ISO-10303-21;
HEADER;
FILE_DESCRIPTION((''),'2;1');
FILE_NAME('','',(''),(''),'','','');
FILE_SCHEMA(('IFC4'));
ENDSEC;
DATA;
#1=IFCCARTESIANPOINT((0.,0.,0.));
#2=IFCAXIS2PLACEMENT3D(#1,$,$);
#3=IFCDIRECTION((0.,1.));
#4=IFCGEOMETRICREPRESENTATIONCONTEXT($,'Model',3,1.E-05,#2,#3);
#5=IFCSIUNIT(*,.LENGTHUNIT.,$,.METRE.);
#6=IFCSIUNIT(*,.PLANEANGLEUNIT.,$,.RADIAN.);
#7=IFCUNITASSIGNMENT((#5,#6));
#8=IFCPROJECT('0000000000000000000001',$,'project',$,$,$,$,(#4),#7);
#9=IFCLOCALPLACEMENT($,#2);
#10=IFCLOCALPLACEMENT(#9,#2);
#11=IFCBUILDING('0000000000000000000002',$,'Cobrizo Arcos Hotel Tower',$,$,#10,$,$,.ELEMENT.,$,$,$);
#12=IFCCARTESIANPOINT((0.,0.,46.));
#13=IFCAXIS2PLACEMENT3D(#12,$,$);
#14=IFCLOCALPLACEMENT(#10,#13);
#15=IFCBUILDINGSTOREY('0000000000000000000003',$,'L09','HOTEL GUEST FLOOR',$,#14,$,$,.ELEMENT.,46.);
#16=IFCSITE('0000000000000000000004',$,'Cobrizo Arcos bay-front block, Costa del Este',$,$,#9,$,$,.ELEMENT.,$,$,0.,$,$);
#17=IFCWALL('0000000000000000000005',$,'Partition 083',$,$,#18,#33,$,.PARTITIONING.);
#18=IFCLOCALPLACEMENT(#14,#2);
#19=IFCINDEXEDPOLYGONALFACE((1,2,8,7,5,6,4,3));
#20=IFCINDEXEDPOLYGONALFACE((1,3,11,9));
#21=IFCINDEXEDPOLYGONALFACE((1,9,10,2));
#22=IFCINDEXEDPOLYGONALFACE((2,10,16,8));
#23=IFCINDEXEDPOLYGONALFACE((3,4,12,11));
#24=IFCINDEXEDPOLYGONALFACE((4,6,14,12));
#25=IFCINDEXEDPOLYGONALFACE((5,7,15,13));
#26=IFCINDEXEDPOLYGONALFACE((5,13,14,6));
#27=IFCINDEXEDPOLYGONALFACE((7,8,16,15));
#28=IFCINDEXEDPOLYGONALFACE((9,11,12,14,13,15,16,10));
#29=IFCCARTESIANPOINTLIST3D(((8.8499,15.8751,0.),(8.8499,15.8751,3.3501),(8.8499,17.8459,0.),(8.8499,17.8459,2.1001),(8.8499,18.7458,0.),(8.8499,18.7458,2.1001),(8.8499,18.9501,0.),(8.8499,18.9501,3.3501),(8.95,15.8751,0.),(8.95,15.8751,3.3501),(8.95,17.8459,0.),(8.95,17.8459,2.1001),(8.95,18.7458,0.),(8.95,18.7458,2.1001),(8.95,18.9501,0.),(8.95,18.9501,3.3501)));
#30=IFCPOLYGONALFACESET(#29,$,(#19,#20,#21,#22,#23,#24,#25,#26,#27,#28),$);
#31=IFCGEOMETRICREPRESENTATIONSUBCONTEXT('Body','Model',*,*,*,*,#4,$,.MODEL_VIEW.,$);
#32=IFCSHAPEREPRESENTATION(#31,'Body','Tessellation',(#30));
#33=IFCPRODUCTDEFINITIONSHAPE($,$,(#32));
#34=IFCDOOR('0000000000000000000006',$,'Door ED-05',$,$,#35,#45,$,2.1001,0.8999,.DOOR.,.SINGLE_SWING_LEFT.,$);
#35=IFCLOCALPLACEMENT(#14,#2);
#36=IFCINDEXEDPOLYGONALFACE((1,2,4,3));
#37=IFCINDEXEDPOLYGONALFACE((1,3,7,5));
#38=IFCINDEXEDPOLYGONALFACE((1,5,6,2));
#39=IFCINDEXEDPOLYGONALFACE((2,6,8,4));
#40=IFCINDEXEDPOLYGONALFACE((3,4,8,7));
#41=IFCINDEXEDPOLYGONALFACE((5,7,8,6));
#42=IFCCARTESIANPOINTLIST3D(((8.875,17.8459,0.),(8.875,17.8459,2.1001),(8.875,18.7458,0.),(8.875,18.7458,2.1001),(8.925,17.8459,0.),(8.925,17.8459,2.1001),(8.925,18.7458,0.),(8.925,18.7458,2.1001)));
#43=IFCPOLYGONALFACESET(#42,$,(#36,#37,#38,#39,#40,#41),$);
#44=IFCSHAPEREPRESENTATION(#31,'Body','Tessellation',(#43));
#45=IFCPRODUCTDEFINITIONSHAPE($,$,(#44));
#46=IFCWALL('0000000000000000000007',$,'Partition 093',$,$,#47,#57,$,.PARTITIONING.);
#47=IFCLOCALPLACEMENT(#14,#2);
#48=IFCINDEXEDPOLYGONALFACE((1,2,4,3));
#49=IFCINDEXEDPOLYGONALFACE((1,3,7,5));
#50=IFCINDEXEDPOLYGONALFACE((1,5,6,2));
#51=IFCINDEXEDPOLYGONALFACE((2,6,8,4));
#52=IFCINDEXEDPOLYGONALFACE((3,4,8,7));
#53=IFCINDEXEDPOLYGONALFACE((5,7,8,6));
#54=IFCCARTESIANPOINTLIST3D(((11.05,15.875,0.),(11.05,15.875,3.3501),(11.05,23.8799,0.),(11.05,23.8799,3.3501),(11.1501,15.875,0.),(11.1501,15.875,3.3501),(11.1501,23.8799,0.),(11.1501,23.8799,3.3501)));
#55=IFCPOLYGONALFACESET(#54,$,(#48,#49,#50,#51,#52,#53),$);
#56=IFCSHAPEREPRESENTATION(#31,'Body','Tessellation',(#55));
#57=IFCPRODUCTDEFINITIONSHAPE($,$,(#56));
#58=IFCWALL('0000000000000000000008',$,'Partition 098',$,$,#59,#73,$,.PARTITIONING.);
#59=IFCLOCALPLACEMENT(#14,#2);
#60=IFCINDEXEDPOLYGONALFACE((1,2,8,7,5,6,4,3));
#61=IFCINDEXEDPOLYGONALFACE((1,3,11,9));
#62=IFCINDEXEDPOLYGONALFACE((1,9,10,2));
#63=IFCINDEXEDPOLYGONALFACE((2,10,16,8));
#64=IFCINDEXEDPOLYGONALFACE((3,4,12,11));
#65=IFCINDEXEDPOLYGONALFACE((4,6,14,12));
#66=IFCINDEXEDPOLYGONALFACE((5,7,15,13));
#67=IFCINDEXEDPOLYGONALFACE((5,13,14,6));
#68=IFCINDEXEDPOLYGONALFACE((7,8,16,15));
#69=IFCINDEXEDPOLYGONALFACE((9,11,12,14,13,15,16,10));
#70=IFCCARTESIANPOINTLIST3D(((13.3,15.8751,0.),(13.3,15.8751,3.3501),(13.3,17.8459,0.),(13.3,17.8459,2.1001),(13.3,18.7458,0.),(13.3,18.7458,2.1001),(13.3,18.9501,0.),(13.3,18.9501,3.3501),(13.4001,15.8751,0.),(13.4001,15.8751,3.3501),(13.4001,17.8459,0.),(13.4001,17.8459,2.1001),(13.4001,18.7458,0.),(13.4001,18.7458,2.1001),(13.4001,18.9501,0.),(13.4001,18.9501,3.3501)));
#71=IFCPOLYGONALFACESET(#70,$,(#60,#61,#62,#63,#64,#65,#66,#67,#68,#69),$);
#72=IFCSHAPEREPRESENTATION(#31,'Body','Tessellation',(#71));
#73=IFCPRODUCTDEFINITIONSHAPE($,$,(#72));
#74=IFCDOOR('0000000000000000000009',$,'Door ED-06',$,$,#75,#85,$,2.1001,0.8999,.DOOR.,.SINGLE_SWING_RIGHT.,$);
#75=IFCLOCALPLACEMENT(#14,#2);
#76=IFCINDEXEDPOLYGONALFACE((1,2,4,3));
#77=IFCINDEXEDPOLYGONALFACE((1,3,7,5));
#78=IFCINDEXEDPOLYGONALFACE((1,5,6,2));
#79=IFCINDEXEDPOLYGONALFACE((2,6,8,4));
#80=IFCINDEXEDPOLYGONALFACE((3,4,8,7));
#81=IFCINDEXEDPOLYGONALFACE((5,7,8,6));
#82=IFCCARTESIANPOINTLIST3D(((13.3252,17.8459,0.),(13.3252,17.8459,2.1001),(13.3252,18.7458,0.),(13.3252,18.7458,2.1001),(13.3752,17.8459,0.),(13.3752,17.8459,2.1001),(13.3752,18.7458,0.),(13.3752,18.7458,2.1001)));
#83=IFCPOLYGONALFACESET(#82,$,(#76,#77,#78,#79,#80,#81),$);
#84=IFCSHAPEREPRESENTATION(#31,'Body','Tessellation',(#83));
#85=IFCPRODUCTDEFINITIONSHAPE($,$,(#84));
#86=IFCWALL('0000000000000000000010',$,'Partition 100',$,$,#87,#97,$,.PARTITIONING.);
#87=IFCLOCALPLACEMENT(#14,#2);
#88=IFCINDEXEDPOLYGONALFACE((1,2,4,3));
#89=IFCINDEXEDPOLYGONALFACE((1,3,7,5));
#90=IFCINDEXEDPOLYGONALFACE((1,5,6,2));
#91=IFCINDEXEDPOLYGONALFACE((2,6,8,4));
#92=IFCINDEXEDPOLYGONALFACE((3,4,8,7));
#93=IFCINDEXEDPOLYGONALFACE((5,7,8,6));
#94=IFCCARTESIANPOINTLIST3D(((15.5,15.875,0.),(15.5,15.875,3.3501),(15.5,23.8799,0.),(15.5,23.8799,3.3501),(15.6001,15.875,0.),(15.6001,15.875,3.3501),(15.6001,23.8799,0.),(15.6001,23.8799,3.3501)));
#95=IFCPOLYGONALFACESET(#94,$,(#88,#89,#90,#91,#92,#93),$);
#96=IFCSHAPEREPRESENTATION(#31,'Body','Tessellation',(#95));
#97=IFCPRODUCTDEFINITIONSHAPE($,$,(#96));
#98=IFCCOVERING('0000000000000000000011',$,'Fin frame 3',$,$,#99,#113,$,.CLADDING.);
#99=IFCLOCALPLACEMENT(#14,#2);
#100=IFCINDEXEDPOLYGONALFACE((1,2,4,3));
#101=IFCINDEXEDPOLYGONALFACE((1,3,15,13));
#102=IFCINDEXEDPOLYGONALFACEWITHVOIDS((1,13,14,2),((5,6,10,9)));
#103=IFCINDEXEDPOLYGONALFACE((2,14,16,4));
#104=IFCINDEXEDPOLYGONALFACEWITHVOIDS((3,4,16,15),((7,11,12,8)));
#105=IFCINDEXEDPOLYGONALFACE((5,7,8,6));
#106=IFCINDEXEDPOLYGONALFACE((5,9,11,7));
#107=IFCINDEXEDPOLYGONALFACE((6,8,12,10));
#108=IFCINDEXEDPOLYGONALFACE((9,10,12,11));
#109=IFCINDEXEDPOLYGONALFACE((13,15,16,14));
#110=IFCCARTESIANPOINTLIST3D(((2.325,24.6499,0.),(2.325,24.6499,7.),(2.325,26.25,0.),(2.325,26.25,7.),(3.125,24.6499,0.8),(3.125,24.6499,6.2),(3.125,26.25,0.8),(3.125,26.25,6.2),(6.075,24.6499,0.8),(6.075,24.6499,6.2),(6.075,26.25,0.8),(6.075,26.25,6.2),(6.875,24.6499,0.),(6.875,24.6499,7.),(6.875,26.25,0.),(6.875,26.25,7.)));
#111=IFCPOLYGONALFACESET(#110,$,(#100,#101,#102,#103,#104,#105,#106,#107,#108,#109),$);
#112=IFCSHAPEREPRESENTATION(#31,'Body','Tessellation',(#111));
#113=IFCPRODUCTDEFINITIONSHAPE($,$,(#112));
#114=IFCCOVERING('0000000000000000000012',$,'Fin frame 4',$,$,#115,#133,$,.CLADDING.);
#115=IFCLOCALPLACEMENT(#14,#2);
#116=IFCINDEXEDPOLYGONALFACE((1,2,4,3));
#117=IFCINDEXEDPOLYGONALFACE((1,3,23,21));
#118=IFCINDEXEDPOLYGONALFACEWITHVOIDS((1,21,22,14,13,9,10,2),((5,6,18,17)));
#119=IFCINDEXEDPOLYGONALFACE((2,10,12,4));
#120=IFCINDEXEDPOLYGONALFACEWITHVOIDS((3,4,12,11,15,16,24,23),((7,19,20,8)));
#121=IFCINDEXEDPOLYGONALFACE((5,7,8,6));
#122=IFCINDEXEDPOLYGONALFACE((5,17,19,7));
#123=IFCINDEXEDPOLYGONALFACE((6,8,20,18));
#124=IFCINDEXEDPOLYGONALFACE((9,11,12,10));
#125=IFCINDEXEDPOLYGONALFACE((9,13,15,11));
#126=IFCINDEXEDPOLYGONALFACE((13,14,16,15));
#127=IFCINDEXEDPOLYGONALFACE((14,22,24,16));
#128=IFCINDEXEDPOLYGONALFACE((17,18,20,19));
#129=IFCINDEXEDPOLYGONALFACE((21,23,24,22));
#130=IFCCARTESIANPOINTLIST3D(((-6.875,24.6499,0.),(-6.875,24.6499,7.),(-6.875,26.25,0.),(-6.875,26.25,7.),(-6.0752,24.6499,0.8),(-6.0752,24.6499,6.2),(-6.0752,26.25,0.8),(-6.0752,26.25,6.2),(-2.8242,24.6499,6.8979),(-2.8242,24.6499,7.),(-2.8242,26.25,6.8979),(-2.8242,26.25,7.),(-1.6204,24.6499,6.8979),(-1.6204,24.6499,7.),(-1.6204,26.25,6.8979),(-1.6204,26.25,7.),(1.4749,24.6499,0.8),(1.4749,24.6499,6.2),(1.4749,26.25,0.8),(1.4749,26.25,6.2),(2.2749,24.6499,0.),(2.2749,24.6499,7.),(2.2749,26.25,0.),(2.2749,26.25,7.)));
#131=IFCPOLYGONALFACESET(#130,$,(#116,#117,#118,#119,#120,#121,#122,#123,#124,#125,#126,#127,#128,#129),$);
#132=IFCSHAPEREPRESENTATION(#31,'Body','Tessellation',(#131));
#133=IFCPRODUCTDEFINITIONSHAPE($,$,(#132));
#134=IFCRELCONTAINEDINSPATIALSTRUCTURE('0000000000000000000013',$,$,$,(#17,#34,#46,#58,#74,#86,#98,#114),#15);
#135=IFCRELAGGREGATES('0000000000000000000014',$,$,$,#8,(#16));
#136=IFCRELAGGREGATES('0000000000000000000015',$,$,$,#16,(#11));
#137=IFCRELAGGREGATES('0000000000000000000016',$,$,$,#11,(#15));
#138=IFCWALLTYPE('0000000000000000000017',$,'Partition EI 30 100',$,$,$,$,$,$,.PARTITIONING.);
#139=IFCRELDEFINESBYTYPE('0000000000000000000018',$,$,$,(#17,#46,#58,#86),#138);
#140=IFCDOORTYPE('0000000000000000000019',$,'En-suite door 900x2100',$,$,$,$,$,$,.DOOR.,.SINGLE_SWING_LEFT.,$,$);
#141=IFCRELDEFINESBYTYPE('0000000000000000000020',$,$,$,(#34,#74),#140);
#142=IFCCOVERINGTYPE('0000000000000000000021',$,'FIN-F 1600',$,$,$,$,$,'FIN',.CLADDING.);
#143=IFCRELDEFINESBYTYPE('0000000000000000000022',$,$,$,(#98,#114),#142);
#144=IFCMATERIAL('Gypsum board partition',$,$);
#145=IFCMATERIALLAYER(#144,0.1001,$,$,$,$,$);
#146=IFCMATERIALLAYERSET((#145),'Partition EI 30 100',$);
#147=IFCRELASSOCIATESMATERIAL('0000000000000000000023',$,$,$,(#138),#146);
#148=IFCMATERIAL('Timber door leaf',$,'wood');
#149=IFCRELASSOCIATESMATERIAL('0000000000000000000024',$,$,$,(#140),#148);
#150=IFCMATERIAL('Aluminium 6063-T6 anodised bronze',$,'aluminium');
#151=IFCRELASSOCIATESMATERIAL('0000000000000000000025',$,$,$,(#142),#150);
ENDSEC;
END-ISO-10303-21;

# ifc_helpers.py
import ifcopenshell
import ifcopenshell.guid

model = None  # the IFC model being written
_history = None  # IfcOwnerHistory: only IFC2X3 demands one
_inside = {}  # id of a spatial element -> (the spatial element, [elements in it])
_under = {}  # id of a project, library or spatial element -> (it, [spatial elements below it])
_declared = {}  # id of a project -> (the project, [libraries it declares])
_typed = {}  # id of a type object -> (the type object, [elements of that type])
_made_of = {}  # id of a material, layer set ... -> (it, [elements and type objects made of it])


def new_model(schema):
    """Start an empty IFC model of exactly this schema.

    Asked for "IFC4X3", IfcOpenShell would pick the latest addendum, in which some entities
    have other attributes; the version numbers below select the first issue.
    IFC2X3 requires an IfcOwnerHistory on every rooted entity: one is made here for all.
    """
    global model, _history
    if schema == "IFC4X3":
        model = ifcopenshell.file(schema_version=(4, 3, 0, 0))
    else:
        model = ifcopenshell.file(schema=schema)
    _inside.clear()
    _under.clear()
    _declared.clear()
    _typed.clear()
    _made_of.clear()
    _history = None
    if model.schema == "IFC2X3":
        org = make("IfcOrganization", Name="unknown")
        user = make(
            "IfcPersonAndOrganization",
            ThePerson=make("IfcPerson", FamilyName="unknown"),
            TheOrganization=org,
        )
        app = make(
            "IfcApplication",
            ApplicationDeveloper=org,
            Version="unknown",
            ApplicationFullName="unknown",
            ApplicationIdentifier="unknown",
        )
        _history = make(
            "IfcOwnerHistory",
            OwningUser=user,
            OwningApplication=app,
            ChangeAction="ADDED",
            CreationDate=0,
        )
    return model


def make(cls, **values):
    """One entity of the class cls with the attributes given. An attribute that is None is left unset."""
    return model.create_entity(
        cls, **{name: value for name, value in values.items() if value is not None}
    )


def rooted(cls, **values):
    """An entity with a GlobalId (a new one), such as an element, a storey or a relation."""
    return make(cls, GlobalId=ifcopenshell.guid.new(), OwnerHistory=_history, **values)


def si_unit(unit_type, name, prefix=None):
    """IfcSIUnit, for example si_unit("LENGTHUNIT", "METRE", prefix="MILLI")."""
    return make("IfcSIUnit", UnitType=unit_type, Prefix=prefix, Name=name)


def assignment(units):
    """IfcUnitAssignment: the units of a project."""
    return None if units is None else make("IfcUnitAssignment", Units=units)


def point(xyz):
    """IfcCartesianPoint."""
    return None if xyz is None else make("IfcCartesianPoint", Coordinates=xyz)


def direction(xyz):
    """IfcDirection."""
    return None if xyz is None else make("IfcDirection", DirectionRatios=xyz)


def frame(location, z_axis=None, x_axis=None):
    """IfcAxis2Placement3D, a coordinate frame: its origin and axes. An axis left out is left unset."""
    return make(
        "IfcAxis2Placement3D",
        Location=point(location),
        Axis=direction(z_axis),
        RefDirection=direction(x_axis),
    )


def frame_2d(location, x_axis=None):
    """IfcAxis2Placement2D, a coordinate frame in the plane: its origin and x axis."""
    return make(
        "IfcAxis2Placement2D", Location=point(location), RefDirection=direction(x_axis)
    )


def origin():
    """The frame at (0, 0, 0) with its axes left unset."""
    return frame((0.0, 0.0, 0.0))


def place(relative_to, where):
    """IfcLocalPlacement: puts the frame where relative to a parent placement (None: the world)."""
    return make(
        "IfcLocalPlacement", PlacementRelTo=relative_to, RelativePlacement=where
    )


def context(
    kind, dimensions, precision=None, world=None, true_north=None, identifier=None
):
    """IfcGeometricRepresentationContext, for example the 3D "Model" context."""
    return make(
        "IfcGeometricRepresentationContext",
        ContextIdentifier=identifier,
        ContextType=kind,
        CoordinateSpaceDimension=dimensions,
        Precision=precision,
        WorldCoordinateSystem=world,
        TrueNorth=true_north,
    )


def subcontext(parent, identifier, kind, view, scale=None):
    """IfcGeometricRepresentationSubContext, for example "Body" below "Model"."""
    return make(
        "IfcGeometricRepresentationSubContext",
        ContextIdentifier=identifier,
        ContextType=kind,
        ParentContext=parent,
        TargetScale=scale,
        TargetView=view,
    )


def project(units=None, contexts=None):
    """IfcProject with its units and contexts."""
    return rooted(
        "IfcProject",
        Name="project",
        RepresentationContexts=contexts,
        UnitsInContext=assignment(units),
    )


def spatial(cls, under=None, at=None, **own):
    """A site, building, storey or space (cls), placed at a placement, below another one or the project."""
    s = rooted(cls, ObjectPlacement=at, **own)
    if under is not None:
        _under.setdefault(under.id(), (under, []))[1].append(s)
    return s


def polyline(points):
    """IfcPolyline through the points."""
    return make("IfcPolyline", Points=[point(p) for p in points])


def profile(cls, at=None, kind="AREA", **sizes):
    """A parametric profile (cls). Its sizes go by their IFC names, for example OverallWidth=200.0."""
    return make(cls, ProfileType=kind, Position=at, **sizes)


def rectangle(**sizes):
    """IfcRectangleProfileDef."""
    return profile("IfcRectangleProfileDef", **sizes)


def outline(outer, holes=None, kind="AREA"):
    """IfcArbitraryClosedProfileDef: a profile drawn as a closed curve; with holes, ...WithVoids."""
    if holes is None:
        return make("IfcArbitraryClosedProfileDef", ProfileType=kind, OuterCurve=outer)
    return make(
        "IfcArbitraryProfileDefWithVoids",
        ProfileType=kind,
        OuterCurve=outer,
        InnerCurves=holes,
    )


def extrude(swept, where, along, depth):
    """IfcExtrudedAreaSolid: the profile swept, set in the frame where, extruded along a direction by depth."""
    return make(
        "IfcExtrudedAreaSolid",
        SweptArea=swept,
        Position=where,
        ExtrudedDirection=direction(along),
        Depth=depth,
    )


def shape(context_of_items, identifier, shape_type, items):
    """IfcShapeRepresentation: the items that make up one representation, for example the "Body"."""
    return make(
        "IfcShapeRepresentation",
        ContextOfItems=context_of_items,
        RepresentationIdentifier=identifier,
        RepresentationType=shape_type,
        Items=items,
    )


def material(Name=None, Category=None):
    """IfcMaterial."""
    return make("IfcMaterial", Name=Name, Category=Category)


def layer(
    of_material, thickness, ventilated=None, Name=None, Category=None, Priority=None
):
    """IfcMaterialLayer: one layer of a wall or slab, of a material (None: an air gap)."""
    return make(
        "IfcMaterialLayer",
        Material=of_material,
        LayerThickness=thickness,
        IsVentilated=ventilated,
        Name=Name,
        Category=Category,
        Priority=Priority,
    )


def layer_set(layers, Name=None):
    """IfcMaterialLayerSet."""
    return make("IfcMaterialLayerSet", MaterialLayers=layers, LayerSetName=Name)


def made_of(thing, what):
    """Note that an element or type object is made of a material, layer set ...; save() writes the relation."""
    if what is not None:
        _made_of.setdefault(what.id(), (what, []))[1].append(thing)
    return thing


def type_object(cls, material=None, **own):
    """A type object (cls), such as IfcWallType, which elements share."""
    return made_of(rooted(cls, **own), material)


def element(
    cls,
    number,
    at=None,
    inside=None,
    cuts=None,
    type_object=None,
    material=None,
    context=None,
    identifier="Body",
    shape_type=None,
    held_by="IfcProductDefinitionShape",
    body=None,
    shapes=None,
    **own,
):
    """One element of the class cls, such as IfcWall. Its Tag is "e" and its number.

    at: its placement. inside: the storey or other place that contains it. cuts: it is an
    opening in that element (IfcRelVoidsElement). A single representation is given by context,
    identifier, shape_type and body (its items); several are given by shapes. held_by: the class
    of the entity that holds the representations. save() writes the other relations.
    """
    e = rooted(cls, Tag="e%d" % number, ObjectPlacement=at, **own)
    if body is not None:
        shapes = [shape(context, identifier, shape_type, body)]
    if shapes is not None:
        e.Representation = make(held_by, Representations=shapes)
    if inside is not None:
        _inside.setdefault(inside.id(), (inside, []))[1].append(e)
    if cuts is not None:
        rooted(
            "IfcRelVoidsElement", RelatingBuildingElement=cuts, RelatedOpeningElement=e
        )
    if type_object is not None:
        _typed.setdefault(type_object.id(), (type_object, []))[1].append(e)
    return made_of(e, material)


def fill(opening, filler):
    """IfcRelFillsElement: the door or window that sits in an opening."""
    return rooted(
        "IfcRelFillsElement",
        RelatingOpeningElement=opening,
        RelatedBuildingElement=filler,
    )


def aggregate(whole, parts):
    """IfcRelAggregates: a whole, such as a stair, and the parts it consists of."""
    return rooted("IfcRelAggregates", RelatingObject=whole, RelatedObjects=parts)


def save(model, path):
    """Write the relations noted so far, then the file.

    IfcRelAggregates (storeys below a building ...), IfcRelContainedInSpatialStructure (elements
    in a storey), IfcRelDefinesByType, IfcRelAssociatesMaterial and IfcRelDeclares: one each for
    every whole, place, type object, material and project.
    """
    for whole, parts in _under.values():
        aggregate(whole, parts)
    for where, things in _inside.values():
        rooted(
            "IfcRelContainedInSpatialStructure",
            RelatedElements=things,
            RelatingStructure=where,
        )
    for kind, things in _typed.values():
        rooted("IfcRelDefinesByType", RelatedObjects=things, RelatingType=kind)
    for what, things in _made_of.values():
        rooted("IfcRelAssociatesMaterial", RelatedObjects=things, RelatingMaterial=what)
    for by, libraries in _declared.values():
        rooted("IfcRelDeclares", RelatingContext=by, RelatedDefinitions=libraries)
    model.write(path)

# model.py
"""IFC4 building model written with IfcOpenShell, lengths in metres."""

from ifc_helpers import new_model, si_unit, direction, frame, frame_2d, origin, place, context, subcontext, project, spatial, polyline, rectangle, outline, extrude, material, layer, layer_set, type_object, element, fill, save


model = new_model("IFC4")

# Units and contexts
model_context = context("Model", 3, precision=1e-05, world=origin(), true_north=direction((0.0, 1.0)))
body_context = subcontext(model_context, "Body", "Model", "MODEL_VIEW")
ifc_project = project(units=[si_unit("LENGTHUNIT", "METRE"), si_unit("PLANEANGLEUNIT", "RADIAN")], contexts=[model_context])

# Site, building, storey
site_placement = place(None, origin())
site = spatial("IfcSite", under=ifc_project, at=site_placement, Name="Cobrizo Arcos bay-front block, Costa del Este", CompositionType="ELEMENT", RefElevation=0.0)
building_placement = place(site_placement, origin())
building = spatial("IfcBuilding", under=site, at=building_placement, Name="Cobrizo Arcos Hotel Tower", CompositionType="ELEMENT")
storey_placement = place(building_placement, frame((0.0, 0.0, 46.0)))
storey = spatial("IfcBuildingStorey", under=building, at=storey_placement, Name="L09", Description="HOTEL GUEST FLOOR", CompositionType="ELEMENT", Elevation=46.0)

# Shared definitions
ifc_material_1 = material(Name="Aluminium 6063-T6 anodised bronze", Category="aluminium")

# Shared definitions
ifc_material_2 = material(Name="Gypsum board partition")
ifc_layer_1 = layer(ifc_material_2, 0.1001)
ifc_layer_set_1 = layer_set([ifc_layer_1], Name="Partition EI 30 100")
wall_type = type_object("IfcWallType", Name="Partition EI 30 100", PredefinedType="PARTITIONING", material=ifc_layer_set_1)

# Shared definitions
ifc_material_3 = material(Name="Timber door leaf", Category="wood")
door_type = type_object("IfcDoorType", Name="En-suite door 900x2100", OperationType="SINGLE_SWING_LEFT", PredefinedType="DOOR", material=ifc_material_3)

# Wall, opening, door
wall_1_placement = place(storey_placement, frame((8.8999, 15.875, 0.0), z_axis=(0.0, 0.0, 1.0), x_axis=(0.0, 1.0, 0.0)))
wall_1 = element("IfcWall", 1, at=wall_1_placement, inside=storey, type_object=wall_type, Name="Partition 083", PredefinedType="PARTITIONING", context=body_context, shape_type="SweptSolid", body=[
    extrude(rectangle(XDim=3.075, YDim=0.1001, at=frame_2d((1.5376, 0.0))), origin(), (0.0, 0.0, 1.0), 3.3501),
])
opening_1_placement = place(wall_1_placement, frame((1.9709, 0.0, 0.0)))
opening_1 = element("IfcOpeningElement", 2, at=opening_1_placement, cuts=wall_1, PredefinedType="OPENING", context=body_context, shape_type="SweptSolid", body=[
    extrude(rectangle(XDim=0.8999, YDim=2.1001, at=frame_2d((0.45, 1.05))), frame((0.0, 0.062, 0.0), z_axis=(0.0, -1.0, 0.0), x_axis=(1.0, 0.0, 0.0)), (0.0, 0.0, 1.0), 0.124),
])
door_1_placement = place(opening_1_placement, origin())
door_1 = element("IfcDoor", 3, at=door_1_placement, inside=storey, type_object=door_type, Name="Door ED-05", OperationType="SINGLE_SWING_LEFT", OverallHeight=2.1001, OverallWidth=0.8999, PredefinedType="DOOR", context=body_context, shape_type="SweptSolid", body=[
    extrude(rectangle(XDim=0.8999, YDim=2.1001, at=frame_2d((0.45, 1.05))), frame((0.0, 0.0249, 0.0), z_axis=(0.0, -1.0, 0.0), x_axis=(1.0, 0.0, 0.0)), (0.0, 0.0, 1.0), 0.05),
])
fill(opening_1, door_1)

# Wall
wall_2_placement = place(storey_placement, frame((11.1001, 15.875, 0.0), z_axis=(0.0, 0.0, 1.0), x_axis=(0.0, 1.0, 0.0)))
element("IfcWall", 4, at=wall_2_placement, inside=storey, type_object=wall_type, Name="Partition 093", PredefinedType="PARTITIONING", context=body_context, shape_type="SweptSolid", body=[
    extrude(rectangle(XDim=8.0049, YDim=0.1001, at=frame_2d((4.0024, 0.0))), origin(), (0.0, 0.0, 1.0), 3.3501),
])

# Wall, opening, door
wall_3_placement = place(storey_placement, frame((13.3501, 15.875, 0.0), z_axis=(0.0, 0.0, 1.0), x_axis=(0.0, 1.0, 0.0)))
wall_3 = element("IfcWall", 5, at=wall_3_placement, inside=storey, type_object=wall_type, Name="Partition 098", PredefinedType="PARTITIONING", context=body_context, shape_type="SweptSolid", body=[
    extrude(rectangle(XDim=3.075, YDim=0.1001, at=frame_2d((1.5376, 0.0))), origin(), (0.0, 0.0, 1.0), 3.3501),
])
opening_2_placement = place(wall_3_placement, frame((1.9709, 0.0, 0.0)))
opening_2 = element("IfcOpeningElement", 6, at=opening_2_placement, cuts=wall_3, PredefinedType="OPENING", context=body_context, shape_type="SweptSolid", body=[
    extrude(rectangle(XDim=0.8999, YDim=2.1001, at=frame_2d((0.45, 1.05))), frame((0.0, 0.062, 0.0), z_axis=(0.0, -1.0, 0.0), x_axis=(1.0, 0.0, 0.0)), (0.0, 0.0, 1.0), 0.124),
])
door_2_placement = place(opening_2_placement, origin())
door_2 = element("IfcDoor", 7, at=door_2_placement, inside=storey, type_object=door_type, Name="Door ED-06", OperationType="SINGLE_SWING_RIGHT", OverallHeight=2.1001, OverallWidth=0.8999, PredefinedType="DOOR", context=body_context, shape_type="SweptSolid", body=[
    extrude(rectangle(XDim=0.8999, YDim=2.1001, at=frame_2d((0.45, 1.05))), frame((0.0, 0.0249, 0.0), z_axis=(0.0, -1.0, 0.0), x_axis=(1.0, 0.0, 0.0)), (0.0, 0.0, 1.0), 0.05),
])
fill(opening_2, door_2)

# Wall
wall_4_placement = place(storey_placement, frame((15.55, 15.875, 0.0), z_axis=(0.0, 0.0, 1.0), x_axis=(0.0, 1.0, 0.0)))
element("IfcWall", 8, at=wall_4_placement, inside=storey, type_object=wall_type, Name="Partition 100", PredefinedType="PARTITIONING", context=body_context, shape_type="SweptSolid", body=[
    extrude(rectangle(XDim=8.0049, YDim=0.1001, at=frame_2d((4.0024, 0.0))), origin(), (0.0, 0.0, 1.0), 3.3501),
])

# Coverings
covering_type = type_object("IfcCoveringType", Name="FIN-F 1600", ElementType="FIN", PredefinedType="CLADDING", material=ifc_material_1)
covering_1_placement = place(storey_placement, frame((6.875, 24.6499, 0.0), z_axis=(0.0, 1.0, 0.0), x_axis=(-1.0, 0.0, 0.0)))
element("IfcCovering", 9, at=covering_1_placement, inside=storey, type_object=covering_type, Name="Fin frame 3", PredefinedType="CLADDING", context=body_context, shape_type="SweptSolid", body=[
    extrude(outline(polyline([(0.0, 7.0), (0.0, 0.0), (4.55, 0.0), (4.55, 7.0), (0.0, 7.0)]), holes=[polyline([(3.75, 0.8), (0.8, 0.8), (0.8, 6.2), (3.75, 6.2), (3.75, 0.8)])]), origin(), (0.0, 0.0, 1.0), 1.6001),
])
covering_2_placement = place(storey_placement, frame((2.2749, 24.6499, 0.0), z_axis=(0.0, 1.0, 0.0), x_axis=(-1.0, 0.0, 0.0)))
element("IfcCovering", 10, at=covering_2_placement, inside=storey, type_object=covering_type, Name="Fin frame 4", PredefinedType="CLADDING", context=body_context, shape_type="SweptSolid", body=[
    extrude(outline(polyline([(9.1499, 7.0), (5.0991, 7.0), (5.0991, 6.8979), (3.8953, 6.8979), (3.8953, 7.0), (0.0, 7.0), (0.0, 0.0), (9.1499, 0.0), (9.1499, 7.0)]), holes=[polyline([(8.3501, 0.8), (0.8, 0.8), (0.8, 6.2), (8.3501, 6.2), (8.3501, 0.8)])]), origin(), (0.0, 0.0, 1.0), 1.6001),
])

save(model, "model.ifc")
